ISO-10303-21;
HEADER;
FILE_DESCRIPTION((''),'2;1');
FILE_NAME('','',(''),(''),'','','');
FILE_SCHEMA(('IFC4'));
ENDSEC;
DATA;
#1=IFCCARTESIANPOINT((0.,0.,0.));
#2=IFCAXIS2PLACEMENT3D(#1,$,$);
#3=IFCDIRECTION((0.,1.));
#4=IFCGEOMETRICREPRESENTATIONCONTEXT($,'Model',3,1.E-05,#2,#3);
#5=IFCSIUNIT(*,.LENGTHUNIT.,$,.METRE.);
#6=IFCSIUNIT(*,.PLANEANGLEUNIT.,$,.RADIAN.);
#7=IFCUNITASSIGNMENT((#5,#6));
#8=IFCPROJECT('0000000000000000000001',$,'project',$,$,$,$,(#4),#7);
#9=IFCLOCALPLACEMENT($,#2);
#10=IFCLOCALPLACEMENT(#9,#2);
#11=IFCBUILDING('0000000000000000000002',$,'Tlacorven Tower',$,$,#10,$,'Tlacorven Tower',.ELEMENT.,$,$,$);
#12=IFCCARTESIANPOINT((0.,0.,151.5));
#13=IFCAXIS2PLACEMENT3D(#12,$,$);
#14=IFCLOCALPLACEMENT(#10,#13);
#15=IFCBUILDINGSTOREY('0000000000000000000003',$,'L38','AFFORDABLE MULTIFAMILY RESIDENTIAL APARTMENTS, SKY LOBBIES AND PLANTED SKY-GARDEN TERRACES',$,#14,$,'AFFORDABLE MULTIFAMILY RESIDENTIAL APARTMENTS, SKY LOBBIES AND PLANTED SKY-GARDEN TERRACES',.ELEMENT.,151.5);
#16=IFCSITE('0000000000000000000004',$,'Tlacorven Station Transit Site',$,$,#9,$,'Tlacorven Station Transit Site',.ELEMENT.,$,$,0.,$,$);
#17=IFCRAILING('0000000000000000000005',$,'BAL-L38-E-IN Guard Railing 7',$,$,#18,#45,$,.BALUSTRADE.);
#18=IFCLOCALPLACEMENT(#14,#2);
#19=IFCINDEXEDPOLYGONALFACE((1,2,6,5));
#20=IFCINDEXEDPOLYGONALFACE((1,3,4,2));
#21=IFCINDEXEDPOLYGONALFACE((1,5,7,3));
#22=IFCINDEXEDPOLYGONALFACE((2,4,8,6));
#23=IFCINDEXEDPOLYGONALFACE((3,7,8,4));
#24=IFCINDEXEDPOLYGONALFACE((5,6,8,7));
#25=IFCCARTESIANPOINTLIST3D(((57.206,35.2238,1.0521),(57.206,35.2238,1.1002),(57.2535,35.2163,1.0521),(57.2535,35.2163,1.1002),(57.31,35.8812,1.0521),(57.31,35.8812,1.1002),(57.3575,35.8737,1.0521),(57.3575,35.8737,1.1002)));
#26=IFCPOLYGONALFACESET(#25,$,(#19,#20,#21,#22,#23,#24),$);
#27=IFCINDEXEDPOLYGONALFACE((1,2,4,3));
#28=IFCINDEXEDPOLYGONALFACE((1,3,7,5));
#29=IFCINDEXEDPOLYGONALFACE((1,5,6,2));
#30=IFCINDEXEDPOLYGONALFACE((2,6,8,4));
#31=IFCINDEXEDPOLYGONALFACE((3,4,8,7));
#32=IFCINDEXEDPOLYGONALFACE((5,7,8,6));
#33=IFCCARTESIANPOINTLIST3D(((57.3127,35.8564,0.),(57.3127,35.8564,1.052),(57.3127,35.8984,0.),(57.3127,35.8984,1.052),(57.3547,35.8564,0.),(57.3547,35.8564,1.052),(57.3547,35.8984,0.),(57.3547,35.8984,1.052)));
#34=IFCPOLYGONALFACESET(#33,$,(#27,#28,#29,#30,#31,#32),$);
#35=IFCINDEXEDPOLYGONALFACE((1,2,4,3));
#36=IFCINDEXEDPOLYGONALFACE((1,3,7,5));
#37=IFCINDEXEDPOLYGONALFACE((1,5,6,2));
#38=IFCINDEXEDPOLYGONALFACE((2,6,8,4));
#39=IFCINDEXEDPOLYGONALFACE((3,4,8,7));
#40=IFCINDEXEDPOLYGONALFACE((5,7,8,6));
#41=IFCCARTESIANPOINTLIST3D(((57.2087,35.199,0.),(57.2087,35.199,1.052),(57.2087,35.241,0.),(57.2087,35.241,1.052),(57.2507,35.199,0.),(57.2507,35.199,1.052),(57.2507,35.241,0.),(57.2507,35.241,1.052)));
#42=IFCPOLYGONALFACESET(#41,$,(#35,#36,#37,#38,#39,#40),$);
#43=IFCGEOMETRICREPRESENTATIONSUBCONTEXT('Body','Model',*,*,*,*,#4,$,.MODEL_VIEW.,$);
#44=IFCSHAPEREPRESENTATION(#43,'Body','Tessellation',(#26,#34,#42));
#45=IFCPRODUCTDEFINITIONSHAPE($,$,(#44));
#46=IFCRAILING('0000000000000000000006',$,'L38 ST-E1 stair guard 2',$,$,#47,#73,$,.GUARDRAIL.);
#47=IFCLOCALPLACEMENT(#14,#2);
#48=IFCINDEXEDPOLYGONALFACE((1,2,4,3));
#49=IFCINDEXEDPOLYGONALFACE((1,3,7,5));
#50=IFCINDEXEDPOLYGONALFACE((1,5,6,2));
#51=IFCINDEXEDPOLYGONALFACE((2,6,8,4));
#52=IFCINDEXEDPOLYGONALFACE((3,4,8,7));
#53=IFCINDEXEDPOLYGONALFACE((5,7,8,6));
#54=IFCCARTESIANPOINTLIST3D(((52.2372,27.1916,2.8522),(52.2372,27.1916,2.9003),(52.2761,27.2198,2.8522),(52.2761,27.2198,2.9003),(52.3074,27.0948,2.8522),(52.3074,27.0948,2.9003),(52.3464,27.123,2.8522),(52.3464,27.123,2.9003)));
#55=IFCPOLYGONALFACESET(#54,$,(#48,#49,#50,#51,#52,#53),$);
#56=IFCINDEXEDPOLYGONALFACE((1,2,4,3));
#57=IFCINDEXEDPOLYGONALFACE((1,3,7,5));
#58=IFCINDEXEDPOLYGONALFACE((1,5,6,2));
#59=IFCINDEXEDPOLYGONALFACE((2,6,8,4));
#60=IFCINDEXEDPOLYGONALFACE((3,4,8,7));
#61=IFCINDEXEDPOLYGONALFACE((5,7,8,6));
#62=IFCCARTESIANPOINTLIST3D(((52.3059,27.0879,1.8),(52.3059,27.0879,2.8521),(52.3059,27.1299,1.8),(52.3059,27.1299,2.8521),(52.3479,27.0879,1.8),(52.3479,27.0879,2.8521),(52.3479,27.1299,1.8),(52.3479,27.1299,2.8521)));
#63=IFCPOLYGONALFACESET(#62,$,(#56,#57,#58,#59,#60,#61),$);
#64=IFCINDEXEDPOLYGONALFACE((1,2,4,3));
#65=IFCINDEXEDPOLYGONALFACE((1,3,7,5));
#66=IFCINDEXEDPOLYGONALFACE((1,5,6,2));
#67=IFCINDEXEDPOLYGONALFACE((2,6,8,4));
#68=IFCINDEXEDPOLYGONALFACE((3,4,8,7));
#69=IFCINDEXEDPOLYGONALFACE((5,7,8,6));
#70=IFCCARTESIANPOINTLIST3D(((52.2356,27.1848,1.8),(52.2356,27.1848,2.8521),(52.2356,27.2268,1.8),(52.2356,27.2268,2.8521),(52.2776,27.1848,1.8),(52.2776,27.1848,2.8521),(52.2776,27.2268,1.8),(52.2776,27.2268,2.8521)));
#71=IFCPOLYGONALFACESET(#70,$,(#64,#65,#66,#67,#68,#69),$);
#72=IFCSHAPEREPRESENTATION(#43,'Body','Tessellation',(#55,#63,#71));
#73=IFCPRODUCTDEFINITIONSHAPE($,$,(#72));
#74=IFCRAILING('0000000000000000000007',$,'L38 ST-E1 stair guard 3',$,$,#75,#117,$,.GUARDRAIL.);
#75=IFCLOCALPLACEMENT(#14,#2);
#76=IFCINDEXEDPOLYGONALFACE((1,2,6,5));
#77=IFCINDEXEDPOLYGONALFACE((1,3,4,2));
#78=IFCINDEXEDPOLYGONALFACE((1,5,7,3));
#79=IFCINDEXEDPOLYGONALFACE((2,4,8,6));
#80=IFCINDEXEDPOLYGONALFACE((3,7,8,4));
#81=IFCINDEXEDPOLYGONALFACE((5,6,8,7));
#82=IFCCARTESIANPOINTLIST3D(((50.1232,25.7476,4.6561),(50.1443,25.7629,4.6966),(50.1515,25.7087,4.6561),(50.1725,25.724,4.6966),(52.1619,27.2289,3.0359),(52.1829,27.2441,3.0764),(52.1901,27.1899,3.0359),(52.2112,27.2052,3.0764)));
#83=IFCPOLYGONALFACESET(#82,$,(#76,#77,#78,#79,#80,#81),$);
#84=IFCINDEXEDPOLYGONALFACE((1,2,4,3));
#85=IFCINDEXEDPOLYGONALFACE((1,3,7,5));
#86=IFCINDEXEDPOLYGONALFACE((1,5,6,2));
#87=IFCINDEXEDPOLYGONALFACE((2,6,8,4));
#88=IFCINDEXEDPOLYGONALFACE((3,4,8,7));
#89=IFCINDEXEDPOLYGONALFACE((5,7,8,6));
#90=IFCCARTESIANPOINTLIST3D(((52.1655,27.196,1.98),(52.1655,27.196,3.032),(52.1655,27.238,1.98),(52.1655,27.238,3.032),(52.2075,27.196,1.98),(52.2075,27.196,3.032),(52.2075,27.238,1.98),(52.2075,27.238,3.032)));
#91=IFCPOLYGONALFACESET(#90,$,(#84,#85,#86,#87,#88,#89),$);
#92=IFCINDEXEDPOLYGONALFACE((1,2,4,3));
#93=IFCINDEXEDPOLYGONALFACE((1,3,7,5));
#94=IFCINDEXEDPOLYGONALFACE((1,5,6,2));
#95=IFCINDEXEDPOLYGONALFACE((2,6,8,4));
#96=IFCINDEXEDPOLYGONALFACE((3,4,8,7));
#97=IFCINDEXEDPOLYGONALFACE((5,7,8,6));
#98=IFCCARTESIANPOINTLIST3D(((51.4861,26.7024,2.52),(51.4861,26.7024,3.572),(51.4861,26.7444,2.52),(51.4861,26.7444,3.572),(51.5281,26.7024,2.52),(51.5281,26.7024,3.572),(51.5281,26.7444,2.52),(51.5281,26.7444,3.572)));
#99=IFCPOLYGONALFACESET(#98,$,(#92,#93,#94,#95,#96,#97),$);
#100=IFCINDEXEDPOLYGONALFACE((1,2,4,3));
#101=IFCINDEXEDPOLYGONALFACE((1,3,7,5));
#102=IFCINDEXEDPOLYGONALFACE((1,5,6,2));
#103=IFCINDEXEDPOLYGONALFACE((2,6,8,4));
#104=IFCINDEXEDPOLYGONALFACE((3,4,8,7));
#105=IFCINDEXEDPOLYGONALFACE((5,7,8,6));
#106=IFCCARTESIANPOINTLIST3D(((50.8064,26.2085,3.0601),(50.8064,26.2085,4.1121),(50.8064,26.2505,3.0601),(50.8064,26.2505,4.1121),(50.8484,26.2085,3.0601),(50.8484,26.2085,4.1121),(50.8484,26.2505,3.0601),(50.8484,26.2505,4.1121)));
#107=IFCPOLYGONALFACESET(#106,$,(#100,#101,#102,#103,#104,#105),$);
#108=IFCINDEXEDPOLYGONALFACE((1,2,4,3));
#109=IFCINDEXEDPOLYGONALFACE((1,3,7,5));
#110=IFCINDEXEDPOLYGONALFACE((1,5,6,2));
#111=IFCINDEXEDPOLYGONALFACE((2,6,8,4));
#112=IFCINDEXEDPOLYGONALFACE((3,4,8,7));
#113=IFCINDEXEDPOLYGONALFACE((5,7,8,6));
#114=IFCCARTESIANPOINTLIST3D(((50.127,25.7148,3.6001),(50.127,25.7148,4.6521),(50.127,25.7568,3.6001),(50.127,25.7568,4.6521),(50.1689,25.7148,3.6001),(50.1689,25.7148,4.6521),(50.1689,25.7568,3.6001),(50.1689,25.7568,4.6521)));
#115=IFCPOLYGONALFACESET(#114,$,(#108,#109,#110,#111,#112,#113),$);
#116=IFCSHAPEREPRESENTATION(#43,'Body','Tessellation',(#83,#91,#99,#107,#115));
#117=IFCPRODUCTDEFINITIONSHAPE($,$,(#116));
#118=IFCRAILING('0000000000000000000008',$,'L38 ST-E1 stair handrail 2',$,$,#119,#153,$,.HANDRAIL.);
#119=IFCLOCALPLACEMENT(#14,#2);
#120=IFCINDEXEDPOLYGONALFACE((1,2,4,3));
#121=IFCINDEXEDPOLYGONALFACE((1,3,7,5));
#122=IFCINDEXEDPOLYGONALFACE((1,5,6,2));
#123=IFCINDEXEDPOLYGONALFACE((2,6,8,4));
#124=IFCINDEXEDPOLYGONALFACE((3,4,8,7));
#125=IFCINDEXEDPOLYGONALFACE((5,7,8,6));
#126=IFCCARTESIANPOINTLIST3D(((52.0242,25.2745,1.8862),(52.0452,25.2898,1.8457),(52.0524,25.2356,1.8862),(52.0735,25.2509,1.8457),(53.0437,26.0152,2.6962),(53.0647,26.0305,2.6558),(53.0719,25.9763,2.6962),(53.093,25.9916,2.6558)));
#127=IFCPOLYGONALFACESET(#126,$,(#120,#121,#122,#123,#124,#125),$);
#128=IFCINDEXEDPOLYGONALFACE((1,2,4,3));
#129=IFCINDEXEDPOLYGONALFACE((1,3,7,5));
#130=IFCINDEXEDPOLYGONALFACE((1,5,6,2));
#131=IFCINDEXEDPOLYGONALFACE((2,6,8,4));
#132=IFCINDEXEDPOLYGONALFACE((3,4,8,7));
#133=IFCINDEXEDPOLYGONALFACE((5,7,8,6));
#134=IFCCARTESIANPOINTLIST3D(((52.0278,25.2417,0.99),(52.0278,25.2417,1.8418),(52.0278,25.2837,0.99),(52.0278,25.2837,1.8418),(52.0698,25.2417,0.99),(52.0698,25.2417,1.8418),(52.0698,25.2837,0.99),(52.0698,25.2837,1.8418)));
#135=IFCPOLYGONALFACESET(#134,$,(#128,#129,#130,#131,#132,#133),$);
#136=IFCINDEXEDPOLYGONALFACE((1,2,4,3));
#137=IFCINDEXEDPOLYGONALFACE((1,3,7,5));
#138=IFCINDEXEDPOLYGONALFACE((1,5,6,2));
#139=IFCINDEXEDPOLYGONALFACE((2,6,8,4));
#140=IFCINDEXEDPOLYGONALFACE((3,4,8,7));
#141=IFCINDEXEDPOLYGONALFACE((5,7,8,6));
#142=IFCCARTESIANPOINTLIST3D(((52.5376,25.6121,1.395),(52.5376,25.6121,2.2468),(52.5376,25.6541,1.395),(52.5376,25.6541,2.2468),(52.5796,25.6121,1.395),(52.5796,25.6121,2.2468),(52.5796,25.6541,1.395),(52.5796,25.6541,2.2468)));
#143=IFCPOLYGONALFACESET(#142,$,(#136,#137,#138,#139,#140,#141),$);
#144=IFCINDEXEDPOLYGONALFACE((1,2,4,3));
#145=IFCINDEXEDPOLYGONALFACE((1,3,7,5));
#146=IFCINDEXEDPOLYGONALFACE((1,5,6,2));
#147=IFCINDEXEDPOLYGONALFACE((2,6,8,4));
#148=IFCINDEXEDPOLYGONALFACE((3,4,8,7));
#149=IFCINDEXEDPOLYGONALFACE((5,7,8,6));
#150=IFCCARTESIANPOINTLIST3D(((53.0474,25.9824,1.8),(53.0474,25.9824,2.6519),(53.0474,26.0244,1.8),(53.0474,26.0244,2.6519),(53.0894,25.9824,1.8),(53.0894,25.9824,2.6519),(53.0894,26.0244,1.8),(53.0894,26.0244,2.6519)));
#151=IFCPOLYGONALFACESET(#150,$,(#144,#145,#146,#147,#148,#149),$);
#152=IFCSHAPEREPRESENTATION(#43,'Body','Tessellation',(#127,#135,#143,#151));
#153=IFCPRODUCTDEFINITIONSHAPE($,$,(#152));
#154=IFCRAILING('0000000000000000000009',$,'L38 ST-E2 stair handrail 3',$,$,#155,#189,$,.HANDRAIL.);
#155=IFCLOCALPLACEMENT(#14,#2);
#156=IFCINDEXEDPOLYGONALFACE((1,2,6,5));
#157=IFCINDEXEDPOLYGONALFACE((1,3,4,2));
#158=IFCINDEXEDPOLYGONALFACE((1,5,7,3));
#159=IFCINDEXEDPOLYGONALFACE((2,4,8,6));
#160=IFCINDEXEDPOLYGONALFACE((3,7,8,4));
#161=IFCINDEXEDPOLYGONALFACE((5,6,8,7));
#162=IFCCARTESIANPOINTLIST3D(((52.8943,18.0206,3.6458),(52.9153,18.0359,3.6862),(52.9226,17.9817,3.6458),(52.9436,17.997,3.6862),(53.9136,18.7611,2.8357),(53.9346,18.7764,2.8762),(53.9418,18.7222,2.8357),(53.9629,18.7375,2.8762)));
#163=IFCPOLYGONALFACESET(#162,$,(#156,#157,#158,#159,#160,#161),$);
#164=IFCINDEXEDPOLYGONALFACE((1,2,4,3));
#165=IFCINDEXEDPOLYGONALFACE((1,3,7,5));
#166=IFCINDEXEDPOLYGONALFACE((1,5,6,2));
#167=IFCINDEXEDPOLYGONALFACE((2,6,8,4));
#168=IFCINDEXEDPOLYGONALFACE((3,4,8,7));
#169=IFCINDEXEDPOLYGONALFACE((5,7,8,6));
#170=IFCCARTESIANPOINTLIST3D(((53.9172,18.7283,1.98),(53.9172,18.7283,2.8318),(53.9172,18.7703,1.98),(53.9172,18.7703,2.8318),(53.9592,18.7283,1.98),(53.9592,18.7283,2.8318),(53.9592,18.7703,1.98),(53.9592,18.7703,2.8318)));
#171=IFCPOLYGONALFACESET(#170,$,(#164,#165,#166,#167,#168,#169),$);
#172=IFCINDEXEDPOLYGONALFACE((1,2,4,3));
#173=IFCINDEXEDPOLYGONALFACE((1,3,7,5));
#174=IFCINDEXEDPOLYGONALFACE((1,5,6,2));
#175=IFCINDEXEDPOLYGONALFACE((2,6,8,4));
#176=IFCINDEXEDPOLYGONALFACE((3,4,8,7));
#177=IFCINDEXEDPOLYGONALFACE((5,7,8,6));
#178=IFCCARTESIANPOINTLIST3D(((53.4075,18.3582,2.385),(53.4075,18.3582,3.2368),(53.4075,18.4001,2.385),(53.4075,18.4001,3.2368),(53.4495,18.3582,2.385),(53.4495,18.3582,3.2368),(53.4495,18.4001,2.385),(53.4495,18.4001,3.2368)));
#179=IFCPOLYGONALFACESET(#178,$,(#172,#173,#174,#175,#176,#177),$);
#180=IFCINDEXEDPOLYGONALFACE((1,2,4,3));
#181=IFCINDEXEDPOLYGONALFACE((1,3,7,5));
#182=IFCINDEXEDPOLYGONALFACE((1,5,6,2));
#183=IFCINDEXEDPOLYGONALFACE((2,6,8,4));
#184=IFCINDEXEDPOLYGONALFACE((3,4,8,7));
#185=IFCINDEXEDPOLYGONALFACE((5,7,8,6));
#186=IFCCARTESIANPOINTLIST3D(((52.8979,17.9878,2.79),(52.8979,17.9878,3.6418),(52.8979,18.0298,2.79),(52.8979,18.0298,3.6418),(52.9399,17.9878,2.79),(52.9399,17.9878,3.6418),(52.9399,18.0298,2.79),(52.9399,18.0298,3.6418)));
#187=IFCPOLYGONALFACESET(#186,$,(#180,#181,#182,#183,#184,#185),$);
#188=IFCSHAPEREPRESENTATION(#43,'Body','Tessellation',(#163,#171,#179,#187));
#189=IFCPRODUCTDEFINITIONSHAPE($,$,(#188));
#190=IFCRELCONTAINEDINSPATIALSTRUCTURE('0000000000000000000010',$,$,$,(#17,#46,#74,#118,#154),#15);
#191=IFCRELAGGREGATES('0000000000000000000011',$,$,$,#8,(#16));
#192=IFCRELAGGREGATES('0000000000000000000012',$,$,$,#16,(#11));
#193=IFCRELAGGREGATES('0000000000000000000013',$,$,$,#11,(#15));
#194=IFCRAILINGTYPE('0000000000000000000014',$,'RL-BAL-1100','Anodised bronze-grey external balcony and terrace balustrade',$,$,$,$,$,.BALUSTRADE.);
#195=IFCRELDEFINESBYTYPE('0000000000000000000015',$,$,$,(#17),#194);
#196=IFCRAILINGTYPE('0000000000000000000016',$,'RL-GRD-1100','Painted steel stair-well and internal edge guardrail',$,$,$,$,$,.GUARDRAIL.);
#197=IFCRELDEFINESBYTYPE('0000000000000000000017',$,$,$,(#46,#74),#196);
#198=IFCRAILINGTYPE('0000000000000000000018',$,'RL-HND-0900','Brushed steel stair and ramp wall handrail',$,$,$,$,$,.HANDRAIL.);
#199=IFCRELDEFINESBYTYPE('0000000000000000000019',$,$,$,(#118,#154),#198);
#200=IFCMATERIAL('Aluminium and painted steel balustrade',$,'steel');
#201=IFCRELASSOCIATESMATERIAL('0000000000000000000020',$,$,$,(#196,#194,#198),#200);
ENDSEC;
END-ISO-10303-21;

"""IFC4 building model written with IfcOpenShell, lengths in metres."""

from ifc_helpers import new_model, si_unit, direction, frame, origin, origin_2d, place, context, subcontext, project, spatial, rectangle, extrude, source, transform, mapped, material, type_object, element, save


model = new_model("IFC4")

# Units and contexts
model_context = context("Model", 3, precision=1e-05, world=origin(), true_north=direction((0.0, 1.0)))
body_context = subcontext(model_context, "Body", "Model", "MODEL_VIEW")
ifc_project = project(units=[si_unit("LENGTHUNIT", "METRE"), si_unit("PLANEANGLEUNIT", "RADIAN")], contexts=[model_context])

# Site, building, storey
site_placement = place(None, origin())
site = spatial("IfcSite", under=ifc_project, at=site_placement, Name="Tlacorven Station Transit Site", LongName="Tlacorven Station Transit Site", CompositionType="ELEMENT", RefElevation=0.0)
building_placement = place(site_placement, origin())
building = spatial("IfcBuilding", under=site, at=building_placement, Name="Tlacorven Tower", LongName="Tlacorven Tower", CompositionType="ELEMENT")
storey_placement = place(building_placement, frame((0.0, 0.0, 151.5)))
storey = spatial("IfcBuildingStorey", under=building, at=storey_placement, Name="L38", Description="AFFORDABLE MULTIFAMILY RESIDENTIAL APARTMENTS, SKY LOBBIES AND PLANTED SKY-GARDEN TERRACES", LongName="AFFORDABLE MULTIFAMILY RESIDENTIAL APARTMENTS, SKY LOBBIES AND PLANTED SKY-GARDEN TERRACES", CompositionType="ELEMENT", Elevation=151.5)

# Railings
ifc_material_1 = material(Name="Aluminium and painted steel balustrade", Category="steel")
railing_type_1 = type_object("IfcRailingType", Name="RL-GRD-1100", Description="Painted steel stair-well and internal edge guardrail", PredefinedType="GUARDRAIL", material=ifc_material_1)
railing_type_2 = type_object("IfcRailingType", Name="RL-BAL-1100", Description="Anodised bronze-grey external balcony and terrace balustrade", PredefinedType="BALUSTRADE", material=ifc_material_1)
shared_shape_1 = source(origin(), body_context, "Body", "SweptSolid", [
    extrude(rectangle(XDim=0.0481, YDim=0.0481, at=origin_2d()), frame((0.0, 0.0, 1.0762), z_axis=(-0.156245, -0.987718, 0.0), x_axis=(0.987718, -0.156245, 0.0)), (0.0, 0.0, 1.0), 0.6655),
    extrude(rectangle(XDim=0.042, YDim=0.042, at=origin_2d()), origin(), (0.0, 0.0, 1.0), 1.052),
    extrude(rectangle(XDim=0.042, YDim=0.042, at=origin_2d()), frame((-0.104, -0.6575, 0.0)), (0.0, 0.0, 1.0), 1.052),
])
railing_1_placement = place(storey_placement, frame((57.3337, 35.8774, 0.0)))
element("IfcRailing", 1, at=railing_1_placement, inside=storey, type_object=railing_type_2, Name="BAL-L38-E-IN Guard Railing 7", PredefinedType="BALUSTRADE", context=body_context, shape_type="MappedRepresentation", body=[
    mapped(shared_shape_1, transform((0.0, 0.0, 0.0), scale=1.0)),
])
shared_shape_2 = source(origin(), body_context, "Body", "SweptSolid", [
    extrude(rectangle(XDim=0.0481, YDim=0.0481, at=origin_2d()), frame((0.0, 0.0, 1.0762), z_axis=(-0.587201, 0.809441, 0.0), x_axis=(-0.809441, -0.587201, 0.0)), (0.0, 0.0, 1.0), 0.1196),
    extrude(rectangle(XDim=0.042, YDim=0.042, at=origin_2d()), origin(), (0.0, 0.0, 1.0), 1.052),
    extrude(rectangle(XDim=0.042, YDim=0.042, at=origin_2d()), frame((-0.0703, 0.0969, 0.0)), (0.0, 0.0, 1.0), 1.052),
])
railing_2_placement = place(storey_placement, frame((52.3269, 27.1089, 1.8)))
element("IfcRailing", 2, at=railing_2_placement, inside=storey, type_object=railing_type_1, Name="L38 ST-E1 stair guard 2", PredefinedType="GUARDRAIL", context=body_context, shape_type="MappedRepresentation", body=[
    mapped(shared_shape_2, transform((0.0, 0.0, 0.0), scale=1.0)),
])
shared_shape_3 = source(origin(), body_context, "Body", "SweptSolid", [
    extrude(rectangle(XDim=0.0481, YDim=0.0481, at=origin_2d()), frame((0.0, 0.0, 1.0762), z_axis=(-0.680489, -0.494434, 0.540805), x_axis=(0.587809, -0.809, 0.0)), (0.0, 0.0, 1.0), 2.9958),
    extrude(rectangle(XDim=0.042, YDim=0.042, at=origin_2d()), origin(), (0.0, 0.0, 1.0), 1.052),
    extrude(rectangle(XDim=0.042, YDim=0.042, at=origin_2d()), frame((-0.6794, -0.4937, 0.54)), (0.0, 0.0, 1.0), 1.052),
    extrude(rectangle(XDim=0.042, YDim=0.042, at=origin_2d()), frame((-1.3591, -0.9875, 1.0801)), (0.0, 0.0, 1.0), 1.052),
    extrude(rectangle(XDim=0.042, YDim=0.042, at=origin_2d()), frame((-2.0386, -1.4812, 1.6201)), (0.0, 0.0, 1.0), 1.052),
])
railing_3_placement = place(storey_placement, frame((52.1865, 27.217, 1.98)))
element("IfcRailing", 3, at=railing_3_placement, inside=storey, type_object=railing_type_1, Name="L38 ST-E1 stair guard 3", PredefinedType="GUARDRAIL", context=body_context, shape_type="MappedRepresentation", body=[
    mapped(shared_shape_3, transform((0.0, 0.0, 0.0), scale=1.0)),
])
railing_type_3 = type_object("IfcRailingType", Name="RL-HND-0900", Description="Brushed steel stair and ramp wall handrail", PredefinedType="HANDRAIL", material=ifc_material_1)
shared_shape_4 = source(origin(), body_context, "Body", "SweptSolid", [
    extrude(rectangle(XDim=0.0481, YDim=0.0481, at=origin_2d()), frame((0.0, 0.0, 0.876), z_axis=(0.680549, 0.494441, 0.540723), x_axis=(-0.58778, 0.809021, 0.0)), (0.0, 0.0, 1.0), 1.498),
    extrude(rectangle(XDim=0.042, YDim=0.042, at=origin_2d()), origin(), (0.0, 0.0, 1.0), 0.8518),
    extrude(rectangle(XDim=0.042, YDim=0.042, at=origin_2d()), frame((0.5098, 0.3704, 0.405)), (0.0, 0.0, 1.0), 0.8518),
    extrude(rectangle(XDim=0.042, YDim=0.042, at=origin_2d()), frame((1.0195, 0.7407, 0.8101)), (0.0, 0.0, 1.0), 0.8518),
])
railing_4_placement = place(storey_placement, frame((52.0488, 25.2627, 0.99)))
element("IfcRailing", 4, at=railing_4_placement, inside=storey, type_object=railing_type_3, Name="L38 ST-E1 stair handrail 2", PredefinedType="HANDRAIL", context=body_context, shape_type="MappedRepresentation", body=[
    mapped(shared_shape_4, transform((0.0, 0.0, 0.0), scale=1.0)),
])
shared_shape_5 = source(origin(), body_context, "Body", "SweptSolid", [
    extrude(rectangle(XDim=0.0481, YDim=0.0481, at=origin_2d()), frame((0.0, 0.0, 0.876), z_axis=(-0.680516, -0.494373, 0.540827), x_axis=(0.587745, -0.809046, 0.0)), (0.0, 0.0, 1.0), 1.4978),
    extrude(rectangle(XDim=0.042, YDim=0.042, at=origin_2d()), origin(), (0.0, 0.0, 1.0), 0.8518),
    extrude(rectangle(XDim=0.042, YDim=0.042, at=origin_2d()), frame((-0.5098, -0.3701, 0.405)), (0.0, 0.0, 1.0), 0.8518),
    extrude(rectangle(XDim=0.042, YDim=0.042, at=origin_2d()), frame((-1.0193, -0.7405, 0.8101)), (0.0, 0.0, 1.0), 0.8518),
])
railing_5_placement = place(storey_placement, frame((53.9382, 18.7493, 1.98)))
element("IfcRailing", 5, at=railing_5_placement, inside=storey, type_object=railing_type_3, Name="L38 ST-E2 stair handrail 3", PredefinedType="HANDRAIL", context=body_context, shape_type="MappedRepresentation", body=[
    mapped(shared_shape_5, transform((0.0, 0.0, 0.0), scale=1.0)),
])

save(model, "model.ifc")
